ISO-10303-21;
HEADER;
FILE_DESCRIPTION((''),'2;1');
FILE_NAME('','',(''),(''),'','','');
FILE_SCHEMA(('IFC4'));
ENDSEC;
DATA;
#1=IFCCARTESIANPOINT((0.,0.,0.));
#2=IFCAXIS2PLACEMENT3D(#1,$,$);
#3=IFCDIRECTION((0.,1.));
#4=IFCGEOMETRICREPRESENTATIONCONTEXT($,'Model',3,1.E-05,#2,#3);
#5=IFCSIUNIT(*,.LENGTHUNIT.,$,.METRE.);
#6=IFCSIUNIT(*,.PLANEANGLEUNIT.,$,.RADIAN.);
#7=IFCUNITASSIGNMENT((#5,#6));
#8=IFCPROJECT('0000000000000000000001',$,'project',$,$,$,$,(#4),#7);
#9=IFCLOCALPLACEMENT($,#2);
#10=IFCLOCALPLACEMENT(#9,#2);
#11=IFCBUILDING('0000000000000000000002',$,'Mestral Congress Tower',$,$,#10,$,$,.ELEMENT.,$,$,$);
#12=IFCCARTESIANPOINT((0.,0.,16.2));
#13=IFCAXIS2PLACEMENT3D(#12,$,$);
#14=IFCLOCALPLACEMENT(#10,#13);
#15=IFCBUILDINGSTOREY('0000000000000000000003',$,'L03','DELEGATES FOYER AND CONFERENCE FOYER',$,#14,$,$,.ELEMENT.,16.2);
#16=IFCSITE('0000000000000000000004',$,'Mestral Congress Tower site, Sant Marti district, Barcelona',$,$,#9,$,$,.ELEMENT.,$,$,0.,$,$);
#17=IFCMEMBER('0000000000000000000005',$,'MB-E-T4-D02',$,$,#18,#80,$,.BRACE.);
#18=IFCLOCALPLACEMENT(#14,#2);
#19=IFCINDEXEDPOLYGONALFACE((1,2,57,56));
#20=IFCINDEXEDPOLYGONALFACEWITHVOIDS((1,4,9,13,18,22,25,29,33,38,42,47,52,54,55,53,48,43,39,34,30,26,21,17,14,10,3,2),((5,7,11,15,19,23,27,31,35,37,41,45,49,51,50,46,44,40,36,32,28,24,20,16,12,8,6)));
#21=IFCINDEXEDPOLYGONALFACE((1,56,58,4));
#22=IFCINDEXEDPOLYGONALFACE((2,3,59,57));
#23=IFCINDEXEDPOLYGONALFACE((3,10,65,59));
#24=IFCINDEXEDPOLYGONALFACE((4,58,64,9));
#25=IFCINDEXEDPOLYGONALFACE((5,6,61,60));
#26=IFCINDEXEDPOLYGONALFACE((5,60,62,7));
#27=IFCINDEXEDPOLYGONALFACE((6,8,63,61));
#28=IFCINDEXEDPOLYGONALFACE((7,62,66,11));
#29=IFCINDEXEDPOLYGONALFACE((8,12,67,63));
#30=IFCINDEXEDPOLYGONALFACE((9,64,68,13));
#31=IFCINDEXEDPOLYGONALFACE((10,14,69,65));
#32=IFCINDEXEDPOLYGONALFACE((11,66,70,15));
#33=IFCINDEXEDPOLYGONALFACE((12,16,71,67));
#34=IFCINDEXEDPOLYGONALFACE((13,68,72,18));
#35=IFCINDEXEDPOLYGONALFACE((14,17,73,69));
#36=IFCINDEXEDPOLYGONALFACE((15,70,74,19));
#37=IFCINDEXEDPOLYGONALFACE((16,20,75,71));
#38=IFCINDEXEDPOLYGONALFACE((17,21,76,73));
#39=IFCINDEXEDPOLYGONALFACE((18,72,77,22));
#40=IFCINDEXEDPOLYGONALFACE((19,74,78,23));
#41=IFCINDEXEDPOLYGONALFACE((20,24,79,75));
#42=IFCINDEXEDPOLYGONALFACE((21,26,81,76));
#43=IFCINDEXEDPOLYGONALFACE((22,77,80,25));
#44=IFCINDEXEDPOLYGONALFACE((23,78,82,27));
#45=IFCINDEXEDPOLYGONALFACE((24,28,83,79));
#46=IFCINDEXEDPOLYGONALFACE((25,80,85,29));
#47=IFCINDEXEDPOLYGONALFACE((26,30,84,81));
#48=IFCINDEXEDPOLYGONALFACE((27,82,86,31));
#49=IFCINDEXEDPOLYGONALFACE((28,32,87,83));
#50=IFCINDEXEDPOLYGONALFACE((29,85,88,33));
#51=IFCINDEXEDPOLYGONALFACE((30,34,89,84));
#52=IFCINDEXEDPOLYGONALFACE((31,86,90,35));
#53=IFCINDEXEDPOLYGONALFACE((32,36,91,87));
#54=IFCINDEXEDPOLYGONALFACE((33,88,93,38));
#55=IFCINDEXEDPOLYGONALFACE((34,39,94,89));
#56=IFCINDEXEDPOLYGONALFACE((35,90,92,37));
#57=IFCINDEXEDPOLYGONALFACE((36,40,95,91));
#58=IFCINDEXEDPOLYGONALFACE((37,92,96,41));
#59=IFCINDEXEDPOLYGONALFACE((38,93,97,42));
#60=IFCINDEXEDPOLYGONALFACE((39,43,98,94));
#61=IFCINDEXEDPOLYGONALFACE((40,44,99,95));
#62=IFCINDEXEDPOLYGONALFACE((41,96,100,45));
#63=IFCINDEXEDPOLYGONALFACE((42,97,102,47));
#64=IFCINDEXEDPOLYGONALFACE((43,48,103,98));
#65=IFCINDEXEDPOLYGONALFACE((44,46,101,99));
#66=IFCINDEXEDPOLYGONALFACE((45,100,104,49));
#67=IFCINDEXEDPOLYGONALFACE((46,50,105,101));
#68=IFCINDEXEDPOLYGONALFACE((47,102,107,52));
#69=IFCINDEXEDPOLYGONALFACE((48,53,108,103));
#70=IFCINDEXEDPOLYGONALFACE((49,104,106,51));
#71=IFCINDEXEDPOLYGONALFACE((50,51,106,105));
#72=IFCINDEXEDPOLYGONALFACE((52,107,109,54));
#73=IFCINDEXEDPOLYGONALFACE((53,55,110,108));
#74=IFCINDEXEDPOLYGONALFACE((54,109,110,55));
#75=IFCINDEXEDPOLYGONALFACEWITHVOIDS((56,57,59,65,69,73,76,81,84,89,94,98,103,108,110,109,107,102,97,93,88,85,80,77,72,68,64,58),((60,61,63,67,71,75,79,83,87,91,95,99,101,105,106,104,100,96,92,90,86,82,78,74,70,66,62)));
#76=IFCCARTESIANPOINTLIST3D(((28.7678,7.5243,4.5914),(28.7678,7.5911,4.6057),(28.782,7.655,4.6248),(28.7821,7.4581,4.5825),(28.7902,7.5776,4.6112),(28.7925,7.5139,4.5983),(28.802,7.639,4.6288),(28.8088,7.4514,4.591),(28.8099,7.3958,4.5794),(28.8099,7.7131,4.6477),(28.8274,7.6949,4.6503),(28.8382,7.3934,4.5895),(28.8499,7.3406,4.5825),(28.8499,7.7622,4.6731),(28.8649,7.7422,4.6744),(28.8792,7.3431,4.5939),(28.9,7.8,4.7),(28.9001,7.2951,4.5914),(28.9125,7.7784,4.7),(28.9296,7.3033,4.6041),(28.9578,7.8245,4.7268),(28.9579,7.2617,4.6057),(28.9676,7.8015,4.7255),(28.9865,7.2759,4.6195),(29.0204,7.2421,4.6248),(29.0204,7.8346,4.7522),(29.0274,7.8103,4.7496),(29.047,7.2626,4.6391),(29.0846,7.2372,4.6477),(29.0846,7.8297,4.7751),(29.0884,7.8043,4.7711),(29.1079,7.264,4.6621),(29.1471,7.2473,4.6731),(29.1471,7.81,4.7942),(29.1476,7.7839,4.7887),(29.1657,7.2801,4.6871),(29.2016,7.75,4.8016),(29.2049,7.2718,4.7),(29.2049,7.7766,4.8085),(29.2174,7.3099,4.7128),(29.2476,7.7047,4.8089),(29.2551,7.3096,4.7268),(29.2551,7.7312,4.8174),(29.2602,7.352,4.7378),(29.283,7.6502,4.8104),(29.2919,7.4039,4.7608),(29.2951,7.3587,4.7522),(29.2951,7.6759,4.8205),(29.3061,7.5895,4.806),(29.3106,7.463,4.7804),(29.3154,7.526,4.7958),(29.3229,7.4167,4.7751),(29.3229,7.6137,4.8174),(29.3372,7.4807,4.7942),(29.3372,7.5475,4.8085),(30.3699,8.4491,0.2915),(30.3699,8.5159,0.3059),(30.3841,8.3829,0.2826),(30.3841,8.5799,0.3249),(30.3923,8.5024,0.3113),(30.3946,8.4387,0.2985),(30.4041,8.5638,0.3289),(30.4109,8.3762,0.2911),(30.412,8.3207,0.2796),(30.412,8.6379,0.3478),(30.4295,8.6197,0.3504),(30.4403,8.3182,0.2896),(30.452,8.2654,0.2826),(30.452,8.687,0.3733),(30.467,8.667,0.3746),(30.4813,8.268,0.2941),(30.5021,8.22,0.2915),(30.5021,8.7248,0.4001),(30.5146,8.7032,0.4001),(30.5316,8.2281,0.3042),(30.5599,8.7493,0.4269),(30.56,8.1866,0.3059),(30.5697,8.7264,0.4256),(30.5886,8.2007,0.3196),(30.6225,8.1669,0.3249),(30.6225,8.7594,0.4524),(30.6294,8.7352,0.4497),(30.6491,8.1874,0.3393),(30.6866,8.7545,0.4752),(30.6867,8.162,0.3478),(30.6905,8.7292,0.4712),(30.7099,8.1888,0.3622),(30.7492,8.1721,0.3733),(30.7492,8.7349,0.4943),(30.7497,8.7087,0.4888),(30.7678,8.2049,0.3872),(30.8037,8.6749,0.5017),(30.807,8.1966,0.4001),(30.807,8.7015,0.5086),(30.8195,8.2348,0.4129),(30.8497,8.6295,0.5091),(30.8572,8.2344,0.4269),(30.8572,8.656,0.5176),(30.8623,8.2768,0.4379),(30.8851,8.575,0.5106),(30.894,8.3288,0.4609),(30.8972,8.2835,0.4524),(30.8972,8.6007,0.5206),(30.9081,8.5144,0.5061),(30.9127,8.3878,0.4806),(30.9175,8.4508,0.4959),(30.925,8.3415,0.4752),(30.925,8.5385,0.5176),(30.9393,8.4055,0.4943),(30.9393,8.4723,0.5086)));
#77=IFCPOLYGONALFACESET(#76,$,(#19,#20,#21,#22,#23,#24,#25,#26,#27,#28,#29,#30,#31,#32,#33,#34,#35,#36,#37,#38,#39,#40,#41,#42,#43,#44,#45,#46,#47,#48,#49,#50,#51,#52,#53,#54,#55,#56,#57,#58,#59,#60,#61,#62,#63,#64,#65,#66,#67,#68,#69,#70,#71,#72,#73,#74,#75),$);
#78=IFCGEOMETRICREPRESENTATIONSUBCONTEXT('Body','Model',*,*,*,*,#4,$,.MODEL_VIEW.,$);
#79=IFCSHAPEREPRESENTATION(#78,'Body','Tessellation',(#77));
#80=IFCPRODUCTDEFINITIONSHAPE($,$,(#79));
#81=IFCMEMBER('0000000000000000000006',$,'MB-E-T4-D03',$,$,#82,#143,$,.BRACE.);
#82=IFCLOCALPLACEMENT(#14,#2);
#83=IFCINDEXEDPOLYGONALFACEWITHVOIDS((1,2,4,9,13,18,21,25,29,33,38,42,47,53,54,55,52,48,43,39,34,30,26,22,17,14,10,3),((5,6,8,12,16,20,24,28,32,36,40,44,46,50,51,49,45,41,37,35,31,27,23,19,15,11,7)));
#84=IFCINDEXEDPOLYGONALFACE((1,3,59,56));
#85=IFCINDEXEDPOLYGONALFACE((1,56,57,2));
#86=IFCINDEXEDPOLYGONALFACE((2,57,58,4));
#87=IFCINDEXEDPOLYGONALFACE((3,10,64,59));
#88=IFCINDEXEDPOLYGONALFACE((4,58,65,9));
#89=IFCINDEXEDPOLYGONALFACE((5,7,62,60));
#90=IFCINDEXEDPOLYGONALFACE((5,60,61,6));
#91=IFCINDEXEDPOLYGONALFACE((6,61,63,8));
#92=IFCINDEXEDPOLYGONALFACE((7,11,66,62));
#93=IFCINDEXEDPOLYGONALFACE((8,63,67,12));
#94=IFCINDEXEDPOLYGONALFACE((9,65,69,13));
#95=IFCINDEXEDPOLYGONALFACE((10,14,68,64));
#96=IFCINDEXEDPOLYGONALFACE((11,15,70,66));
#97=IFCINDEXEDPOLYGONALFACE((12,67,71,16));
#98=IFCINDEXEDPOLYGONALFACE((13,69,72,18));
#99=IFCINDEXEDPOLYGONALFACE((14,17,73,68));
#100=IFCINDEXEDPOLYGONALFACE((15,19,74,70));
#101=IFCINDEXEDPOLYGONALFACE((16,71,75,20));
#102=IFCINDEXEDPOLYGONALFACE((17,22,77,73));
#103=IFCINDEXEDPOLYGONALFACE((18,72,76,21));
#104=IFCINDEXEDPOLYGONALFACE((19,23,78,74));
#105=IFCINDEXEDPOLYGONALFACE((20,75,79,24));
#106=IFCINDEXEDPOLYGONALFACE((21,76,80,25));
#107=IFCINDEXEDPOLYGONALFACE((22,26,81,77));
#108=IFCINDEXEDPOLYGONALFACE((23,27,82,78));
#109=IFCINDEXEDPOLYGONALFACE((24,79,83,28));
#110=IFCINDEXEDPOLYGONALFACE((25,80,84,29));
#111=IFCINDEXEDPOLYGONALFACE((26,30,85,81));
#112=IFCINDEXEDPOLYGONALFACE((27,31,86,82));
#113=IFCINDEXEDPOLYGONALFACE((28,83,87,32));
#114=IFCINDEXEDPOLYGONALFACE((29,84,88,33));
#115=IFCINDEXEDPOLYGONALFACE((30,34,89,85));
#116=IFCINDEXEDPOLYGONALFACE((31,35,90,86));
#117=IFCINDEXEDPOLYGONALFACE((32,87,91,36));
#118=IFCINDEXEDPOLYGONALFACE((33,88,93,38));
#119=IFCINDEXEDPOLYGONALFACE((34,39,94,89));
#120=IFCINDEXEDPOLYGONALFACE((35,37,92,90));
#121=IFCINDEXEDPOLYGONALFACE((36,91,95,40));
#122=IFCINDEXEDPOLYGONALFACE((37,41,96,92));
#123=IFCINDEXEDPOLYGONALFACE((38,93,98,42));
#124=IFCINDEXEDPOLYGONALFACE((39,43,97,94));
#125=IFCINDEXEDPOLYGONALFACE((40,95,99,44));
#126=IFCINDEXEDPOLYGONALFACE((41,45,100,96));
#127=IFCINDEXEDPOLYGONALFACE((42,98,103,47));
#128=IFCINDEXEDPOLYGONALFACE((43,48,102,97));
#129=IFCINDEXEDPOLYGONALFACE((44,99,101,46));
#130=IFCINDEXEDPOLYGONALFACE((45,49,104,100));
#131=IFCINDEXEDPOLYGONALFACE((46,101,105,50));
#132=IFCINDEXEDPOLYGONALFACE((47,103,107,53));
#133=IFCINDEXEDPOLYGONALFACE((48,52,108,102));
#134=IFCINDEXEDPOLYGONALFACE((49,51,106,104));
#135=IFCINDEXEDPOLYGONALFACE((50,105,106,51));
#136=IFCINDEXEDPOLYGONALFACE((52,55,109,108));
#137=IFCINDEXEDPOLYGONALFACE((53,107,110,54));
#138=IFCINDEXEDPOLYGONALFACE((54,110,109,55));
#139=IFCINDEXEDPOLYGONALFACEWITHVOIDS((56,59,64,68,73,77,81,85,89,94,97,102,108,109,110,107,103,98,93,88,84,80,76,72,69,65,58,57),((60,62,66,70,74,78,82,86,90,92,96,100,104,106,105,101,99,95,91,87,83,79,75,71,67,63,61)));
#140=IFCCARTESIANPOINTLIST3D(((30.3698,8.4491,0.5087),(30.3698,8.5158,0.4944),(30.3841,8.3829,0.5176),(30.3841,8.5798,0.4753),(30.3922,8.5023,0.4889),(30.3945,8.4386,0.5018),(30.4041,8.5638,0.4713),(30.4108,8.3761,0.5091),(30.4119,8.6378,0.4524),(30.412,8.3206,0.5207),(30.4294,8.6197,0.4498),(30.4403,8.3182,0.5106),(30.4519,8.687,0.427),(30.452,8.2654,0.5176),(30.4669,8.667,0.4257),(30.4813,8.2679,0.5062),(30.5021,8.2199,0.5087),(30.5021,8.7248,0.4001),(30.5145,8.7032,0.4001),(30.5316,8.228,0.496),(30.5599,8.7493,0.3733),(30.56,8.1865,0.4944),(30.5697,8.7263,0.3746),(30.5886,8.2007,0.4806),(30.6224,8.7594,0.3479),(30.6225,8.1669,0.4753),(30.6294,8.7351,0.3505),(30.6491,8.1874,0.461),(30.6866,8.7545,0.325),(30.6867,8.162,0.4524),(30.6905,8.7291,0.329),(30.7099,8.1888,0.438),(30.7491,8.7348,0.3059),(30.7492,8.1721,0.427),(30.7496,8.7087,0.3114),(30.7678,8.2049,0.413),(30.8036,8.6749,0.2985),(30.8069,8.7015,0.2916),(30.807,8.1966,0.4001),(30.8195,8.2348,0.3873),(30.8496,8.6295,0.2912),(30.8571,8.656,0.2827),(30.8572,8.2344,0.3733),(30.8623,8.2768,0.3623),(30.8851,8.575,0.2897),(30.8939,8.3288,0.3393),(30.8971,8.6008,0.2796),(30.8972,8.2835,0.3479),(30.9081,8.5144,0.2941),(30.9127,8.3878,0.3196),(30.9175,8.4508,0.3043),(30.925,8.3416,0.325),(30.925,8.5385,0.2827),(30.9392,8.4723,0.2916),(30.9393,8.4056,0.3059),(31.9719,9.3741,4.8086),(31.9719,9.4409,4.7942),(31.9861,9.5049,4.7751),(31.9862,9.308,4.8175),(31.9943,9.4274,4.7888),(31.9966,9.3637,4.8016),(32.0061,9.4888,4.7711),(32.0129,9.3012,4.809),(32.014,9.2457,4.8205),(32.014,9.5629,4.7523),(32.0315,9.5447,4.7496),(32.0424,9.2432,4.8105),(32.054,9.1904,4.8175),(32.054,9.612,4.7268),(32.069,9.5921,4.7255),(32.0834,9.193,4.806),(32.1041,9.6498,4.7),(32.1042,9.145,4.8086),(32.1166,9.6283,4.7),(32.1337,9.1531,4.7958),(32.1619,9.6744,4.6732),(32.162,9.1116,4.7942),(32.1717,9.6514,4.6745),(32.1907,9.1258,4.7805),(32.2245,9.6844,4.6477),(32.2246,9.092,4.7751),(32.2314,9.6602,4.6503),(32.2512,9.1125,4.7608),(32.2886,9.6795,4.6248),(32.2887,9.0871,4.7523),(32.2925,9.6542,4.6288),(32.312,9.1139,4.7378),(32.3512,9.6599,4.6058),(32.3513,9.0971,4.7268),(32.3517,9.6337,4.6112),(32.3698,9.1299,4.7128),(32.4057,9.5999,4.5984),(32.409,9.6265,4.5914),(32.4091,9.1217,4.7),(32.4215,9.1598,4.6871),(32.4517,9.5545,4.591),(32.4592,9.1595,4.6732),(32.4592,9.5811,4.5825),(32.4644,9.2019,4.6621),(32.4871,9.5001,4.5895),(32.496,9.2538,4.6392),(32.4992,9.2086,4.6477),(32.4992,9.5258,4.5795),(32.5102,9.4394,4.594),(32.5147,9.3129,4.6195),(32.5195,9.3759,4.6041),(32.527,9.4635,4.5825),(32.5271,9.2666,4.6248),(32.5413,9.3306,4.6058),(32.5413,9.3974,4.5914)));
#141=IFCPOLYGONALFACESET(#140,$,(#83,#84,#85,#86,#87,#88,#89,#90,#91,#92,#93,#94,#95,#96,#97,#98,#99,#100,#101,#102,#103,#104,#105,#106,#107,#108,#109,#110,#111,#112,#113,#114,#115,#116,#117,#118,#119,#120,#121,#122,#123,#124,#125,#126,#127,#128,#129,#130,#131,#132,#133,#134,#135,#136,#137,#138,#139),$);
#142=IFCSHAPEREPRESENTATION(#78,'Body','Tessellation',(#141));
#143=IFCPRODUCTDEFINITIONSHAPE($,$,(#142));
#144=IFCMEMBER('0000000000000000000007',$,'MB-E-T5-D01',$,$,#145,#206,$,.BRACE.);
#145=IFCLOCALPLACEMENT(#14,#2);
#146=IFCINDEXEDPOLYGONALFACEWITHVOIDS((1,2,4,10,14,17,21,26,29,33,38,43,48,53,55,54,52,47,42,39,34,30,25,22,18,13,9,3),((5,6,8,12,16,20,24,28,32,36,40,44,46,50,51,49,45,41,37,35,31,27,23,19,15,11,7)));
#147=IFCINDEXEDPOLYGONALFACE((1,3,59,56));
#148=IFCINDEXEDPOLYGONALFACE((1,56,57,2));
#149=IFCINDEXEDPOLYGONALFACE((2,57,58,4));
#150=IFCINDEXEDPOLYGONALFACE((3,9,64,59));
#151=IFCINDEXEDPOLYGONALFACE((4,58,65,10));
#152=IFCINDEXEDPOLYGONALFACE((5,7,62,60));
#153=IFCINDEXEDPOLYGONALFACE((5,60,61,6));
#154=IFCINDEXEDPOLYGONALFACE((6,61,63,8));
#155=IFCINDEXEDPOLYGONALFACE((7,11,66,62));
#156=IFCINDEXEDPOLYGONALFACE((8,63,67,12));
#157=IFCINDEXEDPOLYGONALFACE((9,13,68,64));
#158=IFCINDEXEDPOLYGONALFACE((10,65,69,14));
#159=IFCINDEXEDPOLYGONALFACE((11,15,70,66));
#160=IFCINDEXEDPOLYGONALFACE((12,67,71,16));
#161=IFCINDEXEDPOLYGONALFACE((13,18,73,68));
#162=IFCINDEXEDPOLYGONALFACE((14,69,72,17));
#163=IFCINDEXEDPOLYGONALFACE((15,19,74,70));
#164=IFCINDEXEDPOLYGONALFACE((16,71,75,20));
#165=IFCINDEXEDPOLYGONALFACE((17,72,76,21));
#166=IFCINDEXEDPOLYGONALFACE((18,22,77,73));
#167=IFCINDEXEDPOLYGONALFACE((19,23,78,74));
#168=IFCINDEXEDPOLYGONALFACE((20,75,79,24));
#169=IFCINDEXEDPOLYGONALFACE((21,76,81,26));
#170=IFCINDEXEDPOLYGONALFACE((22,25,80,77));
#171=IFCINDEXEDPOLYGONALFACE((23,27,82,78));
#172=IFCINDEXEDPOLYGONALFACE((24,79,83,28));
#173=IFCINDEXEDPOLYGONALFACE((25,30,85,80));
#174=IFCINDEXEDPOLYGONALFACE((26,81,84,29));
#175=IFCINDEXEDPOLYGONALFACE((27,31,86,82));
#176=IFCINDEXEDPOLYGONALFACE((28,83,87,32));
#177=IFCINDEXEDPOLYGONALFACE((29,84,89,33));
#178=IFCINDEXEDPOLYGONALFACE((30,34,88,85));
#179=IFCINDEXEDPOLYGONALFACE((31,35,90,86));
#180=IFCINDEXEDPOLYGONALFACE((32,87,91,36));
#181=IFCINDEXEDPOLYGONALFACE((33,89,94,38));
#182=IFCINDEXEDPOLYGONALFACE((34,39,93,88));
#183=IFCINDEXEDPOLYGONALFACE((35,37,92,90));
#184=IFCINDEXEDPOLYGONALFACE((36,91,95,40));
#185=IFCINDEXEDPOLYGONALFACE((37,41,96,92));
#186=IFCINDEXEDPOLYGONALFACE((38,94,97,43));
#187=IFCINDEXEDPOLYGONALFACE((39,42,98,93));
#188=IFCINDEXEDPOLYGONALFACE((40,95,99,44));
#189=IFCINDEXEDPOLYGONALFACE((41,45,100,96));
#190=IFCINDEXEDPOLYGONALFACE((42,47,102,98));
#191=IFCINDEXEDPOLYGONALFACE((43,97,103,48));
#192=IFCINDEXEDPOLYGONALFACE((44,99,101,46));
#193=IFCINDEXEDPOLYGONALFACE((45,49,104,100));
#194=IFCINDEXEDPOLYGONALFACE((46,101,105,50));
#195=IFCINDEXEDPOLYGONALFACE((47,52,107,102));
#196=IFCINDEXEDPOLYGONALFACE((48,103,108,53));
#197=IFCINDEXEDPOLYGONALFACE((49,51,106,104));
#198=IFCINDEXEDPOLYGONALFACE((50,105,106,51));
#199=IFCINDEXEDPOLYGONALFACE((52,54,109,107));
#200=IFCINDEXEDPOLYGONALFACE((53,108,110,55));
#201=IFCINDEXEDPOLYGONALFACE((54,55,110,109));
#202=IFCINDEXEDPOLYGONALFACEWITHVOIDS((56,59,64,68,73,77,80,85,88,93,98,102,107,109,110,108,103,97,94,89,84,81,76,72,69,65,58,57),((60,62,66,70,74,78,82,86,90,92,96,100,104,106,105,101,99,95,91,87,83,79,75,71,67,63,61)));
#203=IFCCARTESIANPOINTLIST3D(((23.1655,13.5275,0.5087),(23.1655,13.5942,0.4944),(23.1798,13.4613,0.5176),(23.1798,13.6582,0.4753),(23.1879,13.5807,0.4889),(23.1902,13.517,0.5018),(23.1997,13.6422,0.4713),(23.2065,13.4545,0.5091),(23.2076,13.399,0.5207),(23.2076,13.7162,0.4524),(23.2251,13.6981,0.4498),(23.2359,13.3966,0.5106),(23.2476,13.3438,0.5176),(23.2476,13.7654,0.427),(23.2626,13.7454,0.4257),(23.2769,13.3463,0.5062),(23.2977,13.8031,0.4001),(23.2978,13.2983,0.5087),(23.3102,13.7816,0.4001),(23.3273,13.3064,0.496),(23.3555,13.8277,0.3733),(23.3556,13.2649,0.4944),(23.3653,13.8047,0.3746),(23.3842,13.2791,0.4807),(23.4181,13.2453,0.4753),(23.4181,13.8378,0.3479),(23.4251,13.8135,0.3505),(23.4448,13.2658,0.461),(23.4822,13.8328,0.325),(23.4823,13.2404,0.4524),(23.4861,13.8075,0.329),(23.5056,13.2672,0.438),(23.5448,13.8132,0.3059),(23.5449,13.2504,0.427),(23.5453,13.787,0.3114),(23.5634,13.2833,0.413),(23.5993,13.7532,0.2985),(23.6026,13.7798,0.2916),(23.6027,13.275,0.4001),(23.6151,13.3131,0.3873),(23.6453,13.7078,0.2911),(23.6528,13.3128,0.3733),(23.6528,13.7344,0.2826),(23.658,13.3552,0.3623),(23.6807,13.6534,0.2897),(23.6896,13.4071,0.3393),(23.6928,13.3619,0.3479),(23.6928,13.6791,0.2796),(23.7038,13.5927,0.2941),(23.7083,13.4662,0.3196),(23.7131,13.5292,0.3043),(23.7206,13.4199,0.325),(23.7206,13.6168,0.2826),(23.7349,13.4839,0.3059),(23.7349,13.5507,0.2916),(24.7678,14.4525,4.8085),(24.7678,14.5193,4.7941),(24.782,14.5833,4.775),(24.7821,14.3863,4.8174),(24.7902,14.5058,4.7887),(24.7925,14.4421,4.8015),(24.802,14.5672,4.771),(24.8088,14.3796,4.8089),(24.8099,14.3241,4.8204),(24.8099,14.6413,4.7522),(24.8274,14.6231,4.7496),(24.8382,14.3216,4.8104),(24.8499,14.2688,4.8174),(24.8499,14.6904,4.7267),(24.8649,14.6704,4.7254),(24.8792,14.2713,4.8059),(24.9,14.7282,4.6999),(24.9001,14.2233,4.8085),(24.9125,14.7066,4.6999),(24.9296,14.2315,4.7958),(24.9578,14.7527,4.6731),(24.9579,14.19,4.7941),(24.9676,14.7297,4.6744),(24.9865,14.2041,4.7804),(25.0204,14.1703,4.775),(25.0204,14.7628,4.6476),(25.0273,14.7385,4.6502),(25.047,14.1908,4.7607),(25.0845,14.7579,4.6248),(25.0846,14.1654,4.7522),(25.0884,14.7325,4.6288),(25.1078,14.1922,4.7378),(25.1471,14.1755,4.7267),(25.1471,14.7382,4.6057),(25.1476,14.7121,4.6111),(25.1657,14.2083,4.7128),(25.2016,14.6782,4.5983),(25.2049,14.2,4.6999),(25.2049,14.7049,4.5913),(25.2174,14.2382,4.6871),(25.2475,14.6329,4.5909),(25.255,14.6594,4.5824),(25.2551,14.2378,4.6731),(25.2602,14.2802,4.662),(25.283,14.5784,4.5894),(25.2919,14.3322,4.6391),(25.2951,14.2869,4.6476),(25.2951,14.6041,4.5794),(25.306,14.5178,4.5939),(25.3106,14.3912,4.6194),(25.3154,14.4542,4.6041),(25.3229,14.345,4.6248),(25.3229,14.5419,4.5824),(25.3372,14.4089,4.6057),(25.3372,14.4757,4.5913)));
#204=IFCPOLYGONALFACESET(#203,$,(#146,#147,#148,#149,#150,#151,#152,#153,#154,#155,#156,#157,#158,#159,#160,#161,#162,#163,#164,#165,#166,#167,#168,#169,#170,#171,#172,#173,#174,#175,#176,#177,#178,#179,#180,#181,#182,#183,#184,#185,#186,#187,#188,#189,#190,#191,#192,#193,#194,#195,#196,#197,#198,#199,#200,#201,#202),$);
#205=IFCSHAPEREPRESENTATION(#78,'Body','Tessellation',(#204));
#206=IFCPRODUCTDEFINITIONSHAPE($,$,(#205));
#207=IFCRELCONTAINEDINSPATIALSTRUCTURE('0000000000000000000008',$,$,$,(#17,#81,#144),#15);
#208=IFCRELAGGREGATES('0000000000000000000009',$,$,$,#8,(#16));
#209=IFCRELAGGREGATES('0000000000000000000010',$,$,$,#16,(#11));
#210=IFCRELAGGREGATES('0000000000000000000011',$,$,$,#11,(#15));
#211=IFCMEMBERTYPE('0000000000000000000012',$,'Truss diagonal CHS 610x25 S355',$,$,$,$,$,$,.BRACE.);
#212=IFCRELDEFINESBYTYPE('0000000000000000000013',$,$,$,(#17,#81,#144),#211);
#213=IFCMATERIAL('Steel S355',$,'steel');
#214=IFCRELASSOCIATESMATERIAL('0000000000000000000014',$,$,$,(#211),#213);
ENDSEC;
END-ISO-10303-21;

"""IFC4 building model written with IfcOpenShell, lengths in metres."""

from ifc_helpers import new_model, si_unit, direction, frame, origin, origin_2d, place, context, subcontext, project, spatial, hollow_circle, extrude, material, material_profile, profile_set, type_object, element, save


model = new_model("IFC4")

# Units and contexts
model_context = context("Model", 3, precision=1e-05, world=origin(), true_north=direction((0.0, 1.0)))
body_context = subcontext(model_context, "Body", "Model", "MODEL_VIEW")
ifc_project = project(units=[si_unit("LENGTHUNIT", "METRE"), si_unit("PLANEANGLEUNIT", "RADIAN")], contexts=[model_context])

# Site, building, storey
site_placement = place(None, origin())
site = spatial("IfcSite", under=ifc_project, at=site_placement, Name="Mestral Congress Tower site, Sant Marti district, Barcelona", CompositionType="ELEMENT", RefElevation=0.0)
building_placement = place(site_placement, origin())
building = spatial("IfcBuilding", under=site, at=building_placement, Name="Mestral Congress Tower", CompositionType="ELEMENT")
storey_placement = place(building_placement, frame((0.0, 0.0, 16.2)))
storey = spatial("IfcBuildingStorey", under=building, at=storey_placement, Name="L03", Description="DELEGATES FOYER AND CONFERENCE FOYER", CompositionType="ELEMENT", Elevation=16.2)

# Members
ifc_material_1 = material(Name="Steel S355", Category="steel")
ifc_material_profile_1 = material_profile(ifc_material_1, hollow_circle(Radius=0.3049, WallThickness=0.0249, at=origin_2d()), Name="CHS 610x25")
ifc_profile_set_1 = profile_set([ifc_material_profile_1], Name="Steel S355")
member_type_1 = type_object("IfcMemberType", Name="Truss diagonal CHS 610x25 S355", PredefinedType="BRACE", material=ifc_profile_set_1)
for number, where, z_axis, x_axis, name in (
    (1, (29.0525, 7.5359, 4.7), (0.342258, 0.197573, -0.918599), (-0.499943, 0.866058, 0.0), "MB-E-T4-D02"),
    (2, (30.6545, 8.4607, 0.4001), (0.342254, 0.197623, 0.91859), (-0.500042, 0.866001, 0.0), "MB-E-T4-D03"),
    (3, (23.4502, 13.5391, 0.4001), (0.342301, 0.197619, 0.918573), (-0.499985, 0.866034, 0.0), "MB-E-T5-D01"),
):
    element("IfcMember", number, at=place(storey_placement, frame(where, z_axis=z_axis, x_axis=x_axis)), inside=storey, type_object=member_type_1, Name=name, PredefinedType="BRACE", context=body_context, shape_type="SweptSolid", body=[
        extrude(hollow_circle(Radius=0.3049, WallThickness=0.0249, at=origin_2d()), origin(), (0.0, 0.0, 1.0), 4.6809),
    ])

save(model, "model.ifc")
